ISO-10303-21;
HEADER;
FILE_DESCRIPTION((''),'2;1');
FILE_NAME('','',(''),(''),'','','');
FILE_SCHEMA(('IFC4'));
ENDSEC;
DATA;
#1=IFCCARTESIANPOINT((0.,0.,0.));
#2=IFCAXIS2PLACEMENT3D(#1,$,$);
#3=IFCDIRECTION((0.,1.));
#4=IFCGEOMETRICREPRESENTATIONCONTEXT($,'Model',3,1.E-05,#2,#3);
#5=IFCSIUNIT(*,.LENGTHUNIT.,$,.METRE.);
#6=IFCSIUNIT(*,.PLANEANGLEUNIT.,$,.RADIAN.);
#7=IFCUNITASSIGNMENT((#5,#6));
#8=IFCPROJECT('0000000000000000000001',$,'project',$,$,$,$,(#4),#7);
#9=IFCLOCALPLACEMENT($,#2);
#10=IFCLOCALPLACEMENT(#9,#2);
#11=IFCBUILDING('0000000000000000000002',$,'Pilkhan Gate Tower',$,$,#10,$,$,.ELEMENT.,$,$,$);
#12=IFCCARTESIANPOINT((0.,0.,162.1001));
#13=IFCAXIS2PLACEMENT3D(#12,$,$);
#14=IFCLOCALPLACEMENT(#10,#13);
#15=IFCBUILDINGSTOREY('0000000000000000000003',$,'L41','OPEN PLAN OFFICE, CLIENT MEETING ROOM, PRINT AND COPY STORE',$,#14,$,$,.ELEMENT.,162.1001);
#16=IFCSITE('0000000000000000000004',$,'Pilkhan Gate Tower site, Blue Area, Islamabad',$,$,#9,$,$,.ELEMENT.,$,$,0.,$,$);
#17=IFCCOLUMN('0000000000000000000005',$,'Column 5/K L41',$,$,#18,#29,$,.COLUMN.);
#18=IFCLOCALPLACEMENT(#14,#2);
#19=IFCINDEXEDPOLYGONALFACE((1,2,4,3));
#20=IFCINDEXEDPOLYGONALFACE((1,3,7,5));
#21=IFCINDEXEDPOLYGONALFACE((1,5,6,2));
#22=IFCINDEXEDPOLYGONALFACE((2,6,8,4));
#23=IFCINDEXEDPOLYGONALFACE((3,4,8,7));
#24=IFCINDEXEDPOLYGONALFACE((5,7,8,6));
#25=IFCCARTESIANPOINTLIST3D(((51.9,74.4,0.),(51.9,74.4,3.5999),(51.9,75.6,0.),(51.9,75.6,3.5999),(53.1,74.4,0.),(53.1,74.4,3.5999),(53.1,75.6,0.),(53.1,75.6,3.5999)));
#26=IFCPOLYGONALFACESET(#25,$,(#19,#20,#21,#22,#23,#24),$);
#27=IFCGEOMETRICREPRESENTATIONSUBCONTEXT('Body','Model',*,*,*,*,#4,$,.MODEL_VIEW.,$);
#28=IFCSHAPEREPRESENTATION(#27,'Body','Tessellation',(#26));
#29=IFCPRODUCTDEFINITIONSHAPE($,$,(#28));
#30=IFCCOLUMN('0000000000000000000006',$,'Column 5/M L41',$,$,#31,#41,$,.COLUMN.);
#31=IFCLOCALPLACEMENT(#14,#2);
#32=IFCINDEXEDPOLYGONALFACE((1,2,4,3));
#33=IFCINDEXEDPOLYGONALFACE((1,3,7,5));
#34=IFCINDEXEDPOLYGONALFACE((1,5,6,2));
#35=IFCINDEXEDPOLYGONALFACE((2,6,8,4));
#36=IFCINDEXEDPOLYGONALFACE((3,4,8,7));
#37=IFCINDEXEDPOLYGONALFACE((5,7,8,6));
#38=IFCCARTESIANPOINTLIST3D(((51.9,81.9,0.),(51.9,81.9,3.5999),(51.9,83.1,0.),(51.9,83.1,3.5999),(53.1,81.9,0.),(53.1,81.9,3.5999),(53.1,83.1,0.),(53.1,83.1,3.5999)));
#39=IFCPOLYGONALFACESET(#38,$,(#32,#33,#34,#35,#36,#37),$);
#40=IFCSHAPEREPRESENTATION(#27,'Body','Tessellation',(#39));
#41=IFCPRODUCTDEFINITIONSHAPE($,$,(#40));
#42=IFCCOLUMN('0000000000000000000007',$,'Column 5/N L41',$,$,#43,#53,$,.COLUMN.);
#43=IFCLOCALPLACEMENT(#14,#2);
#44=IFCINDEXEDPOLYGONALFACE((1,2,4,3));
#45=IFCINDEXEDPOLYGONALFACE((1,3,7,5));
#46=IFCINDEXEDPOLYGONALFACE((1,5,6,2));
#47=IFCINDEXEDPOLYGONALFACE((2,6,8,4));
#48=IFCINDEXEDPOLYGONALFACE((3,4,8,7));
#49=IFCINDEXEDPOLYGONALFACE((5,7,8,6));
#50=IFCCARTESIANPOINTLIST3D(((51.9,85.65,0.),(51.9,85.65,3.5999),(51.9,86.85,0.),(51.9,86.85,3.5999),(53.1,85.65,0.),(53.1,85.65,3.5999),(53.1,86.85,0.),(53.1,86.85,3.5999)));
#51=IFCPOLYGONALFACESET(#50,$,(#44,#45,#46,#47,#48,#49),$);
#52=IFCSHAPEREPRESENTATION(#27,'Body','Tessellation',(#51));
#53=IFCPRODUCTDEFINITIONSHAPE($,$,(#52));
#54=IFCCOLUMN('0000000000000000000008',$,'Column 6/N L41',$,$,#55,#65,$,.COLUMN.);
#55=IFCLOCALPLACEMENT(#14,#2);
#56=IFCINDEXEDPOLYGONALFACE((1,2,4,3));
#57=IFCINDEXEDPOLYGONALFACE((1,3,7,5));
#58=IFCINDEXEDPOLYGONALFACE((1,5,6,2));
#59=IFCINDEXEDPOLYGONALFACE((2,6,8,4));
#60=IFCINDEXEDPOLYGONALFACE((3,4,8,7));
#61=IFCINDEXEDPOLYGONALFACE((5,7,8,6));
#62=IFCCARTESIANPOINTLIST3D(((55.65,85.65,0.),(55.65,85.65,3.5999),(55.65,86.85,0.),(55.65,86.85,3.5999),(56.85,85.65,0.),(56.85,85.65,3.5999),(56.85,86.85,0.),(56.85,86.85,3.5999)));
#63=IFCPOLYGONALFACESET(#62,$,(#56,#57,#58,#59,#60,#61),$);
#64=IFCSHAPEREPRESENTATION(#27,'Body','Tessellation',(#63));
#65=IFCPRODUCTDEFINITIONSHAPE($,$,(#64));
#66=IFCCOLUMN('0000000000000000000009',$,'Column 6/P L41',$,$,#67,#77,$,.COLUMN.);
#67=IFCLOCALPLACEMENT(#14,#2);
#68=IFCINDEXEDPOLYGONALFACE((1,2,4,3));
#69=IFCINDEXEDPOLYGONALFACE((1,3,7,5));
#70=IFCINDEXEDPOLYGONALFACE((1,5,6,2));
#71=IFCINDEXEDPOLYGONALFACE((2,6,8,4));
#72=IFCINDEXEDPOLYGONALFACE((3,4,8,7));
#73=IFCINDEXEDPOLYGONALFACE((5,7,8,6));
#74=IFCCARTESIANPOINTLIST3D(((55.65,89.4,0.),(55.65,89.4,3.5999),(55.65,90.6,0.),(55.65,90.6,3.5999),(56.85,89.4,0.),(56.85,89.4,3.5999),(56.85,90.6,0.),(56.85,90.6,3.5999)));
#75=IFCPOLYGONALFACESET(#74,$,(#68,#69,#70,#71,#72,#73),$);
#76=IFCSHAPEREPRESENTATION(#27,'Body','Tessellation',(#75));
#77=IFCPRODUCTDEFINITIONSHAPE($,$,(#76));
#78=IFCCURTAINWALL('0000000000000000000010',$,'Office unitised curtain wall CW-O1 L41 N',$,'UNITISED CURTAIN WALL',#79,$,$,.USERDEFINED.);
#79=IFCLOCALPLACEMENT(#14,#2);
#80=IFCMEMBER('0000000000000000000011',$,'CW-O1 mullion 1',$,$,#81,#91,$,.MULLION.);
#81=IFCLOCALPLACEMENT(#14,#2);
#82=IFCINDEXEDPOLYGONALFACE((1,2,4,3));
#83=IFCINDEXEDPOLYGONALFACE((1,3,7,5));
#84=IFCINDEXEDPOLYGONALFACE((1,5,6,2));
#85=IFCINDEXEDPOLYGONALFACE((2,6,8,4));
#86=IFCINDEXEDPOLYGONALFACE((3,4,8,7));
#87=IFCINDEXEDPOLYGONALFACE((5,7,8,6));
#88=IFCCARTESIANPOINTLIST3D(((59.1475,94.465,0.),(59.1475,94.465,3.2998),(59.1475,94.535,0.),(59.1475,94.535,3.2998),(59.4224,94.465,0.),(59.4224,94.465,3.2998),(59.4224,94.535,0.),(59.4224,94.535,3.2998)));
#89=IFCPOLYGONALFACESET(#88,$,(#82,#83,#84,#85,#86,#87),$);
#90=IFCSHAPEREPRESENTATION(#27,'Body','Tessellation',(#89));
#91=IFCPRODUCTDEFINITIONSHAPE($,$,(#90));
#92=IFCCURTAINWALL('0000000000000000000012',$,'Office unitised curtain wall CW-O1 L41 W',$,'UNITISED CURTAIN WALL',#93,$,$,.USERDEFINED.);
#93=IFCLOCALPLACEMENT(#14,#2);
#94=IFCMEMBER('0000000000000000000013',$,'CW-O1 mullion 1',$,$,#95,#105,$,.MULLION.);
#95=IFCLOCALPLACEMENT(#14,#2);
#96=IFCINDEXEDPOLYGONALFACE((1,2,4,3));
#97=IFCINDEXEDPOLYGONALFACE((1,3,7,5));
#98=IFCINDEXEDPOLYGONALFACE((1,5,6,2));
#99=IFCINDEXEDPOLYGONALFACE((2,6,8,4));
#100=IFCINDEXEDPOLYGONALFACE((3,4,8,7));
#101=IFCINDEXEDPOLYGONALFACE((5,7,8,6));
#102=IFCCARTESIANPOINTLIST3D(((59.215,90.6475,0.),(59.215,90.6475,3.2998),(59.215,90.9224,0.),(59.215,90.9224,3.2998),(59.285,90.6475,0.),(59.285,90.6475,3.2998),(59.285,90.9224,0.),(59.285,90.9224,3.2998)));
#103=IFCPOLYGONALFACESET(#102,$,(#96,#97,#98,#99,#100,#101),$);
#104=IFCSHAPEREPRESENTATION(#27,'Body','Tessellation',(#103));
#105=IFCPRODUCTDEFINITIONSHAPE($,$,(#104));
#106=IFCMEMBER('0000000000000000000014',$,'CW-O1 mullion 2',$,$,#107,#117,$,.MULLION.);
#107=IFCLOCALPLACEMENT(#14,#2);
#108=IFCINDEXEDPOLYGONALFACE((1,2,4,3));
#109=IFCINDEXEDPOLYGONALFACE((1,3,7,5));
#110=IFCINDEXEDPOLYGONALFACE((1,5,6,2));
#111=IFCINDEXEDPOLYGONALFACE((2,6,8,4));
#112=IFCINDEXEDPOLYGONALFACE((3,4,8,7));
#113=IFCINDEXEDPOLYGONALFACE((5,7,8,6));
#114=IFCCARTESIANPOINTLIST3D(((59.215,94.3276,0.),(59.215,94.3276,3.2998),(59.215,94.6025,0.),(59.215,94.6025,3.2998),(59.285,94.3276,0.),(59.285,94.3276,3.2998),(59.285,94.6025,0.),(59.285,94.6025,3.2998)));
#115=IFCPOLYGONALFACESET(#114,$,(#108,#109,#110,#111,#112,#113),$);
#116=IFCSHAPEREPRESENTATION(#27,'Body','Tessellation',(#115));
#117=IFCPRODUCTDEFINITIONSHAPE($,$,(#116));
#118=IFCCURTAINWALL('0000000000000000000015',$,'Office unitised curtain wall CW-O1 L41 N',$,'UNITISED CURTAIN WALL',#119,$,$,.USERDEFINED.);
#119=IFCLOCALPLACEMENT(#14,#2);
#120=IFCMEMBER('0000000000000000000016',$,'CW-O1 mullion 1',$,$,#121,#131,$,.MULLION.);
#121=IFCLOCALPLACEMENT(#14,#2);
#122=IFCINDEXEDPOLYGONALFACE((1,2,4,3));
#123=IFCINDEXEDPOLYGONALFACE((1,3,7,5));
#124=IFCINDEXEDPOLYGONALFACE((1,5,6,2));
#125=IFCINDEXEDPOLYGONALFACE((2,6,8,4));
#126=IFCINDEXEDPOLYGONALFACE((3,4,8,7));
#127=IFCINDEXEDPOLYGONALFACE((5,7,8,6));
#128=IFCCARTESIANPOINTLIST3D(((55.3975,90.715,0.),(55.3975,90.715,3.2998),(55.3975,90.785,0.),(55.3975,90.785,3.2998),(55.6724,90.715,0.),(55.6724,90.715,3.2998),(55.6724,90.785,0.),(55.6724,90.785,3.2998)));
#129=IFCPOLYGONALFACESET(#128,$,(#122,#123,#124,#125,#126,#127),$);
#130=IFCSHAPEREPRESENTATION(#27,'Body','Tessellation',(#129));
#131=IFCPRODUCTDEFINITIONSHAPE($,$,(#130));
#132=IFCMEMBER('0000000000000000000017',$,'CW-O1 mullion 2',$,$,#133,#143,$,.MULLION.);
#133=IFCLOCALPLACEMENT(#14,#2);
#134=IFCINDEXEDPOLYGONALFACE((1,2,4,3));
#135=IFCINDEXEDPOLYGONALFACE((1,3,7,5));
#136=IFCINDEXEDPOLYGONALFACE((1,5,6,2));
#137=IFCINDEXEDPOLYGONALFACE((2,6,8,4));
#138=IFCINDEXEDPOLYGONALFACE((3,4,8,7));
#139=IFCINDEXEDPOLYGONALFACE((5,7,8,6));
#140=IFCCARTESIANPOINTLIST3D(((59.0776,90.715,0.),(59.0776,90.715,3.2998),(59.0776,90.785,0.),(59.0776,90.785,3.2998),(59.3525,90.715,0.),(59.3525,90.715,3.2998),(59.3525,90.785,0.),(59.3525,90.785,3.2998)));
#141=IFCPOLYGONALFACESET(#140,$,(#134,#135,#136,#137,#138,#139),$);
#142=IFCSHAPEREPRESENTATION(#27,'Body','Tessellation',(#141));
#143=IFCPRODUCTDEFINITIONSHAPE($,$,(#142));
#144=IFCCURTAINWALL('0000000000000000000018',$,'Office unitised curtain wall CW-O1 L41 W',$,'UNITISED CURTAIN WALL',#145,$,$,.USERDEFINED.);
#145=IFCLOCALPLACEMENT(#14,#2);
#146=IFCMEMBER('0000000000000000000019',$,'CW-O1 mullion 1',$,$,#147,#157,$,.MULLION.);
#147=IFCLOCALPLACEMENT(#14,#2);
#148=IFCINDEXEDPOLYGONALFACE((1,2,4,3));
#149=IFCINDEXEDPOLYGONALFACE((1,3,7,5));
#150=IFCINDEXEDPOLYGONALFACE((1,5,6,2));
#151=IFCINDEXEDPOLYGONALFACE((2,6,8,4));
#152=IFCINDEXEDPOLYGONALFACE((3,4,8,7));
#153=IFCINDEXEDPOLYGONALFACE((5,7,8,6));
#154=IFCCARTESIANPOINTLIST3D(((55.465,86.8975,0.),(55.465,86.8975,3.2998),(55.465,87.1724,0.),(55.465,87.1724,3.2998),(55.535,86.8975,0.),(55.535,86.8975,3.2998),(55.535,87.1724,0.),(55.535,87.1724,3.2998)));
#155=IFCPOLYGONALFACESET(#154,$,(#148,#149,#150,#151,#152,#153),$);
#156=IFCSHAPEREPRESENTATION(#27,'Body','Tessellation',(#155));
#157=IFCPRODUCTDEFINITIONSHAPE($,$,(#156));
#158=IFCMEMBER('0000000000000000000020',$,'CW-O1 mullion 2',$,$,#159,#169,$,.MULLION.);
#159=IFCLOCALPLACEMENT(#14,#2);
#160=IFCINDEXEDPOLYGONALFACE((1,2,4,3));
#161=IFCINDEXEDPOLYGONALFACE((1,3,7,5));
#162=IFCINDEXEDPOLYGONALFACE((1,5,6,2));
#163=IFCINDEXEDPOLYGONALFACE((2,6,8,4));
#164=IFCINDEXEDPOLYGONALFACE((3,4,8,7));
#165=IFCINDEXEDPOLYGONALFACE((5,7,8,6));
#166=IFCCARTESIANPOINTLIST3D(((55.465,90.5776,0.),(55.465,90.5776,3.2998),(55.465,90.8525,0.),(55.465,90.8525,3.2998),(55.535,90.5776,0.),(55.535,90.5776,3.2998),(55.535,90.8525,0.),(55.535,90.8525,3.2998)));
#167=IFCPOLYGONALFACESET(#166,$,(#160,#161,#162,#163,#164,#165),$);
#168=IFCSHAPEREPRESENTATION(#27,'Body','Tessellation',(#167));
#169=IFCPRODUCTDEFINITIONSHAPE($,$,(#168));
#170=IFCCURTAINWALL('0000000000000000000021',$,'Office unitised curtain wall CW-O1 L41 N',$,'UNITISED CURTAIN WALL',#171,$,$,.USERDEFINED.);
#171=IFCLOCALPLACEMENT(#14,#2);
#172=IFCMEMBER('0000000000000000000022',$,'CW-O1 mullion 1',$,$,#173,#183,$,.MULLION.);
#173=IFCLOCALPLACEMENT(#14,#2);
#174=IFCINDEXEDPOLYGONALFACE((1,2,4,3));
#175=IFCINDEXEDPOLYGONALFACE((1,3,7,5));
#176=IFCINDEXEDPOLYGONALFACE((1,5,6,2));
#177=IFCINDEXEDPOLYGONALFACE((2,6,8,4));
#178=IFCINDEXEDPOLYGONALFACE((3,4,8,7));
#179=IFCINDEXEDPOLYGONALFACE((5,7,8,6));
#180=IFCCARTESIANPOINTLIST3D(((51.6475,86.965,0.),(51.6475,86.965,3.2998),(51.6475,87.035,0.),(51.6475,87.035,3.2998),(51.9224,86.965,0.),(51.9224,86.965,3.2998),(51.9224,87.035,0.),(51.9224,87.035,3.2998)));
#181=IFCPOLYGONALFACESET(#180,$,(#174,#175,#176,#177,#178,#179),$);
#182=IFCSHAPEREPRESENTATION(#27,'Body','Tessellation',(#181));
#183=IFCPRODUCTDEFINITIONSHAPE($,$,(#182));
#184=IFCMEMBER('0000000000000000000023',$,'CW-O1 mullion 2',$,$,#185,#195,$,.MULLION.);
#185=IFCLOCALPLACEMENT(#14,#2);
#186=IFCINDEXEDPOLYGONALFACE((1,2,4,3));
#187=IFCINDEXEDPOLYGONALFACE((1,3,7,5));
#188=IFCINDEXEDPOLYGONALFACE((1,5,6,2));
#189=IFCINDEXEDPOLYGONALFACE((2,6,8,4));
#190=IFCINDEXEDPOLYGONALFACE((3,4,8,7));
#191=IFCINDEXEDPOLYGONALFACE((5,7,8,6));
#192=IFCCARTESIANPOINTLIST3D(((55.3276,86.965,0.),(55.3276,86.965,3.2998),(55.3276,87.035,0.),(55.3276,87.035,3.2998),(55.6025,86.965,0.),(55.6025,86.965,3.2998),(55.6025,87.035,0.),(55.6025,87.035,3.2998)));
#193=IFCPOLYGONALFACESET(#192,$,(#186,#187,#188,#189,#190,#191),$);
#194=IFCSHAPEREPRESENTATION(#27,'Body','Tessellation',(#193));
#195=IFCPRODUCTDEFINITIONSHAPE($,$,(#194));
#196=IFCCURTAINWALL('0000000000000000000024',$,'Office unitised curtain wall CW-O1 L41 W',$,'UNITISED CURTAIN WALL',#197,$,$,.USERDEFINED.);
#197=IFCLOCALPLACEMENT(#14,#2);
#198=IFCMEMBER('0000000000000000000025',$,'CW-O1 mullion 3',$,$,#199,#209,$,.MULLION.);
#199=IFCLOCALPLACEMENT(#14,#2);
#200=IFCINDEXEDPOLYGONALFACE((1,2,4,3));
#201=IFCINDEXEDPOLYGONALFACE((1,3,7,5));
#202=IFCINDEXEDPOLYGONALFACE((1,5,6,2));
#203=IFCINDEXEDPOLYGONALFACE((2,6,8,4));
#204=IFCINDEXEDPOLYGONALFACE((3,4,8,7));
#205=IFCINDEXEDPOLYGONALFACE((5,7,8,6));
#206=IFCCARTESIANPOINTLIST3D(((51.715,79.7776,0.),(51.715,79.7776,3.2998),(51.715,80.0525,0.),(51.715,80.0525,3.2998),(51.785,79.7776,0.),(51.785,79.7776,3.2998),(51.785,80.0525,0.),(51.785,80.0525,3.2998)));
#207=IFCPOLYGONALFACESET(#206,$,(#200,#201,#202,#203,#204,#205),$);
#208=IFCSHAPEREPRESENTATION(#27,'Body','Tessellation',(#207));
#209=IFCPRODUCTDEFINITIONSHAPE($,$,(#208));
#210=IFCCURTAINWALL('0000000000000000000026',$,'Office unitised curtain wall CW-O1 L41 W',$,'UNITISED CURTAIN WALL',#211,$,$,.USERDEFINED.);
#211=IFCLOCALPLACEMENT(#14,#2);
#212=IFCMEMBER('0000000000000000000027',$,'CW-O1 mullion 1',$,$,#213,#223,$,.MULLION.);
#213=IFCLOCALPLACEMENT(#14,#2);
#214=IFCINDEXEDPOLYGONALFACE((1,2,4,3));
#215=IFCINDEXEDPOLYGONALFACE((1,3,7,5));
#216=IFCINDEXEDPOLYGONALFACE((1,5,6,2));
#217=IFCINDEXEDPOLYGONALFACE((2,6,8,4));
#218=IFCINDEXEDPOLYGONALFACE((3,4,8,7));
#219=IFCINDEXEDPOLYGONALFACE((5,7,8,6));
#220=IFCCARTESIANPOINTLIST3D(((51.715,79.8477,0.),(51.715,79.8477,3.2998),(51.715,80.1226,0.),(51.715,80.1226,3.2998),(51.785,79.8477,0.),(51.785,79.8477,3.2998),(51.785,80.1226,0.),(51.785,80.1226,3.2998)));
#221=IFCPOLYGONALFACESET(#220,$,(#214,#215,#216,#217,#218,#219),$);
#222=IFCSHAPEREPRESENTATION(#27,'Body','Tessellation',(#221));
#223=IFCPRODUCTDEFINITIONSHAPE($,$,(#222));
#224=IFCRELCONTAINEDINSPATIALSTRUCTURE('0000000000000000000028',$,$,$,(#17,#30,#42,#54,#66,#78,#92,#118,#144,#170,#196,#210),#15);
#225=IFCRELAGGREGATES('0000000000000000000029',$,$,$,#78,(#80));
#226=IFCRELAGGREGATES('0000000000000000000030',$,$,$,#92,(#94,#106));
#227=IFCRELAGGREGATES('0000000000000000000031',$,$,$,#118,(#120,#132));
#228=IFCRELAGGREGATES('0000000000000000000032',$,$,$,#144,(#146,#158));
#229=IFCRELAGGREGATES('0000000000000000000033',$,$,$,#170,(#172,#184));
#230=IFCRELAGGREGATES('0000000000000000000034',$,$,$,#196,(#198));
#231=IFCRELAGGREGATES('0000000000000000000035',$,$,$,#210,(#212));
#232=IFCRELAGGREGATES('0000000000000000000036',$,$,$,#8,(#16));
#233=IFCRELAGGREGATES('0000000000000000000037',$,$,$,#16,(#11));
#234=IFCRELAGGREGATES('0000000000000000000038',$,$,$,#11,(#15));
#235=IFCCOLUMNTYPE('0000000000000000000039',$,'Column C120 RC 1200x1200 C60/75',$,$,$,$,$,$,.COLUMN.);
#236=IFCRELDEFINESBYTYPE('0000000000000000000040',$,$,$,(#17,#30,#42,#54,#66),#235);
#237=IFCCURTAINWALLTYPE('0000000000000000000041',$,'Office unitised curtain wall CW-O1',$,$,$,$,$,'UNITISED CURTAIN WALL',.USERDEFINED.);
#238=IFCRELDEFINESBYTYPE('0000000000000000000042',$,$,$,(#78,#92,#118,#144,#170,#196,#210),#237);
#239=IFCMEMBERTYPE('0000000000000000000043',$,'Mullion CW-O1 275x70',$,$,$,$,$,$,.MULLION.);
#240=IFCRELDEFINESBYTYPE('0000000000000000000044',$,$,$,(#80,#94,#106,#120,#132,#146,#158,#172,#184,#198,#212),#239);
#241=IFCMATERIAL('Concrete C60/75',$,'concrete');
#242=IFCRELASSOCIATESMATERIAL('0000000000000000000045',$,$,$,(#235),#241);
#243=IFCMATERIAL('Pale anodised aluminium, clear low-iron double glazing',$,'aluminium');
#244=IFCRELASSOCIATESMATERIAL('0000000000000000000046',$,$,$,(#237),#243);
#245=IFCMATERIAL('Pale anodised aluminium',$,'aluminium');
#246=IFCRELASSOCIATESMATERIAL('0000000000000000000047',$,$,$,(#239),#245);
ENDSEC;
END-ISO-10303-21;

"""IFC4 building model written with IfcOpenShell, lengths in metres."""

from ifc_helpers import new_model, si_unit, direction, frame, origin, origin_2d, place, context, subcontext, project, spatial, rectangle, extrude, material, material_profile, profile_set, type_object, element, aggregate, save


model = new_model("IFC4")

# Units and contexts
model_context = context("Model", 3, precision=1e-05, world=origin(), true_north=direction((0.0, 1.0)))
body_context = subcontext(model_context, "Body", "Model", "MODEL_VIEW")
ifc_project = project(units=[si_unit("LENGTHUNIT", "METRE"), si_unit("PLANEANGLEUNIT", "RADIAN")], contexts=[model_context])

# Site, building, storey
site_placement = place(None, origin())
site = spatial("IfcSite", under=ifc_project, at=site_placement, Name="Pilkhan Gate Tower site, Blue Area, Islamabad", CompositionType="ELEMENT", RefElevation=0.0)
building_placement = place(site_placement, origin())
building = spatial("IfcBuilding", under=site, at=building_placement, Name="Pilkhan Gate Tower", CompositionType="ELEMENT")
storey_placement = place(building_placement, frame((0.0, 0.0, 162.1001)))
storey = spatial("IfcBuildingStorey", under=building, at=storey_placement, Name="L41", Description="OPEN PLAN OFFICE, CLIENT MEETING ROOM, PRINT AND COPY STORE", CompositionType="ELEMENT", Elevation=162.1001)

# Columns
ifc_material_1 = material(Name="Concrete C60/75", Category="concrete")
ifc_material_profile_1 = material_profile(ifc_material_1, rectangle(XDim=1.2, YDim=1.2, at=origin_2d()), Name="RC 1200x1200")
ifc_profile_set_1 = profile_set([ifc_material_profile_1], Name="Concrete C60/75")
column_type = type_object("IfcColumnType", Name="Column C120 RC 1200x1200 C60/75", PredefinedType="COLUMN", material=ifc_profile_set_1)
for number, where, z_axis, x_axis, name in (
    (1, (52.5, 75.0, 0.0), (0.0, 0.0, 1.0), (1.0, 0.0, 0.0), "Column 5/K L41"),
    (2, (52.5, 82.5, 0.0), (0.0, 0.0, 1.0), (1.0, 0.0, 0.0), "Column 5/M L41"),
    (3, (52.5, 86.25, 0.0), (0.0, 0.0, 1.0), (1.0, 0.0, 0.0), "Column 5/N L41"),
    (4, (56.25, 86.25, 0.0), (0.0, 0.0, 1.0), (1.0, 0.0, 0.0), "Column 6/N L41"),
    (5, (56.25, 90.0, 0.0), (0.0, 0.0, 1.0), (1.0, 0.0, 0.0), "Column 6/P L41"),
):
    element("IfcColumn", number, at=place(storey_placement, frame(where, z_axis=z_axis, x_axis=x_axis)), inside=storey, type_object=column_type, Name=name, PredefinedType="COLUMN", context=body_context, shape_type="SweptSolid", body=[
        extrude(rectangle(XDim=1.2, YDim=1.2, at=origin_2d()), origin(), (0.0, 0.0, 1.0), 3.5999),
    ])

# Curtain wall, member
ifc_material_2 = material(Name="Pale anodised aluminium, clear low-iron double glazing", Category="aluminium")
curtain_wall_type = type_object("IfcCurtainWallType", Name="Office unitised curtain wall CW-O1", ElementType="UNITISED CURTAIN WALL", PredefinedType="USERDEFINED", material=ifc_material_2)
curtain_wall_1_placement = place(storey_placement, origin())
curtain_wall_1 = element("IfcCurtainWall", 6, at=curtain_wall_1_placement, inside=storey, type_object=curtain_wall_type, Name="Office unitised curtain wall CW-O1 L41 N", ObjectType="UNITISED CURTAIN WALL", PredefinedType="USERDEFINED")
ifc_material_3 = material(Name="Pale anodised aluminium", Category="aluminium")
ifc_material_profile_2 = material_profile(ifc_material_3, rectangle(XDim=0.0701, YDim=0.2749, at=origin_2d()), Name="Mullion 275x70")
ifc_profile_set_2 = profile_set([ifc_material_profile_2], Name="Pale anodised aluminium")
member_type_1 = type_object("IfcMemberType", Name="Mullion CW-O1 275x70", PredefinedType="MULLION", material=ifc_profile_set_2)
member_1_placement = place(storey_placement, frame((59.2849, 94.5, 0.0), z_axis=(0.0, 0.0, 1.0), x_axis=(0.0, 1.0, 0.0)))
member_1 = element("IfcMember", 7, at=member_1_placement, type_object=member_type_1, Name="CW-O1 mullion 1", PredefinedType="MULLION", context=body_context, shape_type="SweptSolid", body=[
    extrude(rectangle(XDim=0.0701, YDim=0.2749, at=origin_2d()), origin(), (0.0, 0.0, 1.0), 3.2998),
])

# Curtain walls, members
curtain_wall_2_placement = place(storey_placement, origin())
curtain_wall_2 = element("IfcCurtainWall", 8, at=curtain_wall_2_placement, inside=storey, type_object=curtain_wall_type, Name="Office unitised curtain wall CW-O1 L41 W", ObjectType="UNITISED CURTAIN WALL", PredefinedType="USERDEFINED")
member_2_placement = place(storey_placement, frame((59.25, 90.7849, 0.0), z_axis=(0.0, 0.0, 1.0), x_axis=(-1.0, 0.0, 0.0)))
member_2 = element("IfcMember", 9, at=member_2_placement, type_object=member_type_1, Name="CW-O1 mullion 1", PredefinedType="MULLION", context=body_context, shape_type="SweptSolid", body=[
    extrude(rectangle(XDim=0.0701, YDim=0.2749, at=origin_2d()), origin(), (0.0, 0.0, 1.0), 3.2998),
])
member_3_placement = place(storey_placement, frame((59.25, 94.4651, 0.0), z_axis=(0.0, 0.0, 1.0), x_axis=(-1.0, 0.0, 0.0)))
member_3 = element("IfcMember", 10, at=member_3_placement, type_object=member_type_1, Name="CW-O1 mullion 2", PredefinedType="MULLION", context=body_context, shape_type="SweptSolid", body=[
    extrude(rectangle(XDim=0.0701, YDim=0.2749, at=origin_2d()), origin(), (0.0, 0.0, 1.0), 3.2998),
])
curtain_wall_3_placement = place(storey_placement, origin())
curtain_wall_3 = element("IfcCurtainWall", 11, at=curtain_wall_3_placement, inside=storey, type_object=curtain_wall_type, Name="Office unitised curtain wall CW-O1 L41 N", ObjectType="UNITISED CURTAIN WALL", PredefinedType="USERDEFINED")
member_4_placement = place(storey_placement, frame((55.5349, 90.75, 0.0), z_axis=(0.0, 0.0, 1.0), x_axis=(0.0, 1.0, 0.0)))
member_4 = element("IfcMember", 12, at=member_4_placement, type_object=member_type_1, Name="CW-O1 mullion 1", PredefinedType="MULLION", context=body_context, shape_type="SweptSolid", body=[
    extrude(rectangle(XDim=0.0701, YDim=0.2749, at=origin_2d()), origin(), (0.0, 0.0, 1.0), 3.2998),
])
member_5_placement = place(storey_placement, frame((59.2151, 90.75, 0.0), z_axis=(0.0, 0.0, 1.0), x_axis=(0.0, 1.0, 0.0)))
member_5 = element("IfcMember", 13, at=member_5_placement, type_object=member_type_1, Name="CW-O1 mullion 2", PredefinedType="MULLION", context=body_context, shape_type="SweptSolid", body=[
    extrude(rectangle(XDim=0.0701, YDim=0.2749, at=origin_2d()), origin(), (0.0, 0.0, 1.0), 3.2998),
])
curtain_wall_4_placement = place(storey_placement, origin())
curtain_wall_4 = element("IfcCurtainWall", 14, at=curtain_wall_4_placement, inside=storey, type_object=curtain_wall_type, Name="Office unitised curtain wall CW-O1 L41 W", ObjectType="UNITISED CURTAIN WALL", PredefinedType="USERDEFINED")
member_6_placement = place(storey_placement, frame((55.5, 87.0349, 0.0), z_axis=(0.0, 0.0, 1.0), x_axis=(-1.0, 0.0, 0.0)))
member_6 = element("IfcMember", 15, at=member_6_placement, type_object=member_type_1, Name="CW-O1 mullion 1", PredefinedType="MULLION", context=body_context, shape_type="SweptSolid", body=[
    extrude(rectangle(XDim=0.0701, YDim=0.2749, at=origin_2d()), origin(), (0.0, 0.0, 1.0), 3.2998),
])
member_7_placement = place(storey_placement, frame((55.5, 90.7151, 0.0), z_axis=(0.0, 0.0, 1.0), x_axis=(-1.0, 0.0, 0.0)))
member_7 = element("IfcMember", 16, at=member_7_placement, type_object=member_type_1, Name="CW-O1 mullion 2", PredefinedType="MULLION", context=body_context, shape_type="SweptSolid", body=[
    extrude(rectangle(XDim=0.0701, YDim=0.2749, at=origin_2d()), origin(), (0.0, 0.0, 1.0), 3.2998),
])
curtain_wall_5_placement = place(storey_placement, origin())
curtain_wall_5 = element("IfcCurtainWall", 17, at=curtain_wall_5_placement, inside=storey, type_object=curtain_wall_type, Name="Office unitised curtain wall CW-O1 L41 N", ObjectType="UNITISED CURTAIN WALL", PredefinedType="USERDEFINED")
member_8_placement = place(storey_placement, frame((51.7849, 87.0, 0.0), z_axis=(0.0, 0.0, 1.0), x_axis=(0.0, 1.0, 0.0)))
member_8 = element("IfcMember", 18, at=member_8_placement, type_object=member_type_1, Name="CW-O1 mullion 1", PredefinedType="MULLION", context=body_context, shape_type="SweptSolid", body=[
    extrude(rectangle(XDim=0.0701, YDim=0.2749, at=origin_2d()), origin(), (0.0, 0.0, 1.0), 3.2998),
])
member_9_placement = place(storey_placement, frame((55.4651, 87.0, 0.0), z_axis=(0.0, 0.0, 1.0), x_axis=(0.0, 1.0, 0.0)))
member_9 = element("IfcMember", 19, at=member_9_placement, type_object=member_type_1, Name="CW-O1 mullion 2", PredefinedType="MULLION", context=body_context, shape_type="SweptSolid", body=[
    extrude(rectangle(XDim=0.0701, YDim=0.2749, at=origin_2d()), origin(), (0.0, 0.0, 1.0), 3.2998),
])

# Curtain wall, member
curtain_wall_6_placement = place(storey_placement, origin())
curtain_wall_6 = element("IfcCurtainWall", 20, at=curtain_wall_6_placement, inside=storey, type_object=curtain_wall_type, Name="Office unitised curtain wall CW-O1 L41 W", ObjectType="UNITISED CURTAIN WALL", PredefinedType="USERDEFINED")
member_10_placement = place(storey_placement, frame((51.75, 79.915, 0.0), z_axis=(0.0, 0.0, 1.0), x_axis=(-1.0, 0.0, 0.0)))
member_10 = element("IfcMember", 21, at=member_10_placement, type_object=member_type_1, Name="CW-O1 mullion 3", PredefinedType="MULLION", context=body_context, shape_type="SweptSolid", body=[
    extrude(rectangle(XDim=0.0701, YDim=0.2749, at=origin_2d()), origin(), (0.0, 0.0, 1.0), 3.2998),
])

# Curtain wall, member
curtain_wall_7_placement = place(storey_placement, origin())
curtain_wall_7 = element("IfcCurtainWall", 22, at=curtain_wall_7_placement, inside=storey, type_object=curtain_wall_type, Name="Office unitised curtain wall CW-O1 L41 W", ObjectType="UNITISED CURTAIN WALL", PredefinedType="USERDEFINED")
member_11_placement = place(storey_placement, frame((51.75, 79.9851, 0.0), z_axis=(0.0, 0.0, 1.0), x_axis=(-1.0, 0.0, 0.0)))
member_11 = element("IfcMember", 23, at=member_11_placement, type_object=member_type_1, Name="CW-O1 mullion 1", PredefinedType="MULLION", context=body_context, shape_type="SweptSolid", body=[
    extrude(rectangle(XDim=0.0701, YDim=0.2749, at=origin_2d()), origin(), (0.0, 0.0, 1.0), 3.2998),
])

aggregate(curtain_wall_1, [member_1])

aggregate(curtain_wall_2, [member_2, member_3])
aggregate(curtain_wall_3, [member_4, member_5])
aggregate(curtain_wall_4, [member_6, member_7])
aggregate(curtain_wall_5, [member_8, member_9])
aggregate(curtain_wall_6, [member_10])
aggregate(curtain_wall_7, [member_11])

save(model, "model.ifc")
